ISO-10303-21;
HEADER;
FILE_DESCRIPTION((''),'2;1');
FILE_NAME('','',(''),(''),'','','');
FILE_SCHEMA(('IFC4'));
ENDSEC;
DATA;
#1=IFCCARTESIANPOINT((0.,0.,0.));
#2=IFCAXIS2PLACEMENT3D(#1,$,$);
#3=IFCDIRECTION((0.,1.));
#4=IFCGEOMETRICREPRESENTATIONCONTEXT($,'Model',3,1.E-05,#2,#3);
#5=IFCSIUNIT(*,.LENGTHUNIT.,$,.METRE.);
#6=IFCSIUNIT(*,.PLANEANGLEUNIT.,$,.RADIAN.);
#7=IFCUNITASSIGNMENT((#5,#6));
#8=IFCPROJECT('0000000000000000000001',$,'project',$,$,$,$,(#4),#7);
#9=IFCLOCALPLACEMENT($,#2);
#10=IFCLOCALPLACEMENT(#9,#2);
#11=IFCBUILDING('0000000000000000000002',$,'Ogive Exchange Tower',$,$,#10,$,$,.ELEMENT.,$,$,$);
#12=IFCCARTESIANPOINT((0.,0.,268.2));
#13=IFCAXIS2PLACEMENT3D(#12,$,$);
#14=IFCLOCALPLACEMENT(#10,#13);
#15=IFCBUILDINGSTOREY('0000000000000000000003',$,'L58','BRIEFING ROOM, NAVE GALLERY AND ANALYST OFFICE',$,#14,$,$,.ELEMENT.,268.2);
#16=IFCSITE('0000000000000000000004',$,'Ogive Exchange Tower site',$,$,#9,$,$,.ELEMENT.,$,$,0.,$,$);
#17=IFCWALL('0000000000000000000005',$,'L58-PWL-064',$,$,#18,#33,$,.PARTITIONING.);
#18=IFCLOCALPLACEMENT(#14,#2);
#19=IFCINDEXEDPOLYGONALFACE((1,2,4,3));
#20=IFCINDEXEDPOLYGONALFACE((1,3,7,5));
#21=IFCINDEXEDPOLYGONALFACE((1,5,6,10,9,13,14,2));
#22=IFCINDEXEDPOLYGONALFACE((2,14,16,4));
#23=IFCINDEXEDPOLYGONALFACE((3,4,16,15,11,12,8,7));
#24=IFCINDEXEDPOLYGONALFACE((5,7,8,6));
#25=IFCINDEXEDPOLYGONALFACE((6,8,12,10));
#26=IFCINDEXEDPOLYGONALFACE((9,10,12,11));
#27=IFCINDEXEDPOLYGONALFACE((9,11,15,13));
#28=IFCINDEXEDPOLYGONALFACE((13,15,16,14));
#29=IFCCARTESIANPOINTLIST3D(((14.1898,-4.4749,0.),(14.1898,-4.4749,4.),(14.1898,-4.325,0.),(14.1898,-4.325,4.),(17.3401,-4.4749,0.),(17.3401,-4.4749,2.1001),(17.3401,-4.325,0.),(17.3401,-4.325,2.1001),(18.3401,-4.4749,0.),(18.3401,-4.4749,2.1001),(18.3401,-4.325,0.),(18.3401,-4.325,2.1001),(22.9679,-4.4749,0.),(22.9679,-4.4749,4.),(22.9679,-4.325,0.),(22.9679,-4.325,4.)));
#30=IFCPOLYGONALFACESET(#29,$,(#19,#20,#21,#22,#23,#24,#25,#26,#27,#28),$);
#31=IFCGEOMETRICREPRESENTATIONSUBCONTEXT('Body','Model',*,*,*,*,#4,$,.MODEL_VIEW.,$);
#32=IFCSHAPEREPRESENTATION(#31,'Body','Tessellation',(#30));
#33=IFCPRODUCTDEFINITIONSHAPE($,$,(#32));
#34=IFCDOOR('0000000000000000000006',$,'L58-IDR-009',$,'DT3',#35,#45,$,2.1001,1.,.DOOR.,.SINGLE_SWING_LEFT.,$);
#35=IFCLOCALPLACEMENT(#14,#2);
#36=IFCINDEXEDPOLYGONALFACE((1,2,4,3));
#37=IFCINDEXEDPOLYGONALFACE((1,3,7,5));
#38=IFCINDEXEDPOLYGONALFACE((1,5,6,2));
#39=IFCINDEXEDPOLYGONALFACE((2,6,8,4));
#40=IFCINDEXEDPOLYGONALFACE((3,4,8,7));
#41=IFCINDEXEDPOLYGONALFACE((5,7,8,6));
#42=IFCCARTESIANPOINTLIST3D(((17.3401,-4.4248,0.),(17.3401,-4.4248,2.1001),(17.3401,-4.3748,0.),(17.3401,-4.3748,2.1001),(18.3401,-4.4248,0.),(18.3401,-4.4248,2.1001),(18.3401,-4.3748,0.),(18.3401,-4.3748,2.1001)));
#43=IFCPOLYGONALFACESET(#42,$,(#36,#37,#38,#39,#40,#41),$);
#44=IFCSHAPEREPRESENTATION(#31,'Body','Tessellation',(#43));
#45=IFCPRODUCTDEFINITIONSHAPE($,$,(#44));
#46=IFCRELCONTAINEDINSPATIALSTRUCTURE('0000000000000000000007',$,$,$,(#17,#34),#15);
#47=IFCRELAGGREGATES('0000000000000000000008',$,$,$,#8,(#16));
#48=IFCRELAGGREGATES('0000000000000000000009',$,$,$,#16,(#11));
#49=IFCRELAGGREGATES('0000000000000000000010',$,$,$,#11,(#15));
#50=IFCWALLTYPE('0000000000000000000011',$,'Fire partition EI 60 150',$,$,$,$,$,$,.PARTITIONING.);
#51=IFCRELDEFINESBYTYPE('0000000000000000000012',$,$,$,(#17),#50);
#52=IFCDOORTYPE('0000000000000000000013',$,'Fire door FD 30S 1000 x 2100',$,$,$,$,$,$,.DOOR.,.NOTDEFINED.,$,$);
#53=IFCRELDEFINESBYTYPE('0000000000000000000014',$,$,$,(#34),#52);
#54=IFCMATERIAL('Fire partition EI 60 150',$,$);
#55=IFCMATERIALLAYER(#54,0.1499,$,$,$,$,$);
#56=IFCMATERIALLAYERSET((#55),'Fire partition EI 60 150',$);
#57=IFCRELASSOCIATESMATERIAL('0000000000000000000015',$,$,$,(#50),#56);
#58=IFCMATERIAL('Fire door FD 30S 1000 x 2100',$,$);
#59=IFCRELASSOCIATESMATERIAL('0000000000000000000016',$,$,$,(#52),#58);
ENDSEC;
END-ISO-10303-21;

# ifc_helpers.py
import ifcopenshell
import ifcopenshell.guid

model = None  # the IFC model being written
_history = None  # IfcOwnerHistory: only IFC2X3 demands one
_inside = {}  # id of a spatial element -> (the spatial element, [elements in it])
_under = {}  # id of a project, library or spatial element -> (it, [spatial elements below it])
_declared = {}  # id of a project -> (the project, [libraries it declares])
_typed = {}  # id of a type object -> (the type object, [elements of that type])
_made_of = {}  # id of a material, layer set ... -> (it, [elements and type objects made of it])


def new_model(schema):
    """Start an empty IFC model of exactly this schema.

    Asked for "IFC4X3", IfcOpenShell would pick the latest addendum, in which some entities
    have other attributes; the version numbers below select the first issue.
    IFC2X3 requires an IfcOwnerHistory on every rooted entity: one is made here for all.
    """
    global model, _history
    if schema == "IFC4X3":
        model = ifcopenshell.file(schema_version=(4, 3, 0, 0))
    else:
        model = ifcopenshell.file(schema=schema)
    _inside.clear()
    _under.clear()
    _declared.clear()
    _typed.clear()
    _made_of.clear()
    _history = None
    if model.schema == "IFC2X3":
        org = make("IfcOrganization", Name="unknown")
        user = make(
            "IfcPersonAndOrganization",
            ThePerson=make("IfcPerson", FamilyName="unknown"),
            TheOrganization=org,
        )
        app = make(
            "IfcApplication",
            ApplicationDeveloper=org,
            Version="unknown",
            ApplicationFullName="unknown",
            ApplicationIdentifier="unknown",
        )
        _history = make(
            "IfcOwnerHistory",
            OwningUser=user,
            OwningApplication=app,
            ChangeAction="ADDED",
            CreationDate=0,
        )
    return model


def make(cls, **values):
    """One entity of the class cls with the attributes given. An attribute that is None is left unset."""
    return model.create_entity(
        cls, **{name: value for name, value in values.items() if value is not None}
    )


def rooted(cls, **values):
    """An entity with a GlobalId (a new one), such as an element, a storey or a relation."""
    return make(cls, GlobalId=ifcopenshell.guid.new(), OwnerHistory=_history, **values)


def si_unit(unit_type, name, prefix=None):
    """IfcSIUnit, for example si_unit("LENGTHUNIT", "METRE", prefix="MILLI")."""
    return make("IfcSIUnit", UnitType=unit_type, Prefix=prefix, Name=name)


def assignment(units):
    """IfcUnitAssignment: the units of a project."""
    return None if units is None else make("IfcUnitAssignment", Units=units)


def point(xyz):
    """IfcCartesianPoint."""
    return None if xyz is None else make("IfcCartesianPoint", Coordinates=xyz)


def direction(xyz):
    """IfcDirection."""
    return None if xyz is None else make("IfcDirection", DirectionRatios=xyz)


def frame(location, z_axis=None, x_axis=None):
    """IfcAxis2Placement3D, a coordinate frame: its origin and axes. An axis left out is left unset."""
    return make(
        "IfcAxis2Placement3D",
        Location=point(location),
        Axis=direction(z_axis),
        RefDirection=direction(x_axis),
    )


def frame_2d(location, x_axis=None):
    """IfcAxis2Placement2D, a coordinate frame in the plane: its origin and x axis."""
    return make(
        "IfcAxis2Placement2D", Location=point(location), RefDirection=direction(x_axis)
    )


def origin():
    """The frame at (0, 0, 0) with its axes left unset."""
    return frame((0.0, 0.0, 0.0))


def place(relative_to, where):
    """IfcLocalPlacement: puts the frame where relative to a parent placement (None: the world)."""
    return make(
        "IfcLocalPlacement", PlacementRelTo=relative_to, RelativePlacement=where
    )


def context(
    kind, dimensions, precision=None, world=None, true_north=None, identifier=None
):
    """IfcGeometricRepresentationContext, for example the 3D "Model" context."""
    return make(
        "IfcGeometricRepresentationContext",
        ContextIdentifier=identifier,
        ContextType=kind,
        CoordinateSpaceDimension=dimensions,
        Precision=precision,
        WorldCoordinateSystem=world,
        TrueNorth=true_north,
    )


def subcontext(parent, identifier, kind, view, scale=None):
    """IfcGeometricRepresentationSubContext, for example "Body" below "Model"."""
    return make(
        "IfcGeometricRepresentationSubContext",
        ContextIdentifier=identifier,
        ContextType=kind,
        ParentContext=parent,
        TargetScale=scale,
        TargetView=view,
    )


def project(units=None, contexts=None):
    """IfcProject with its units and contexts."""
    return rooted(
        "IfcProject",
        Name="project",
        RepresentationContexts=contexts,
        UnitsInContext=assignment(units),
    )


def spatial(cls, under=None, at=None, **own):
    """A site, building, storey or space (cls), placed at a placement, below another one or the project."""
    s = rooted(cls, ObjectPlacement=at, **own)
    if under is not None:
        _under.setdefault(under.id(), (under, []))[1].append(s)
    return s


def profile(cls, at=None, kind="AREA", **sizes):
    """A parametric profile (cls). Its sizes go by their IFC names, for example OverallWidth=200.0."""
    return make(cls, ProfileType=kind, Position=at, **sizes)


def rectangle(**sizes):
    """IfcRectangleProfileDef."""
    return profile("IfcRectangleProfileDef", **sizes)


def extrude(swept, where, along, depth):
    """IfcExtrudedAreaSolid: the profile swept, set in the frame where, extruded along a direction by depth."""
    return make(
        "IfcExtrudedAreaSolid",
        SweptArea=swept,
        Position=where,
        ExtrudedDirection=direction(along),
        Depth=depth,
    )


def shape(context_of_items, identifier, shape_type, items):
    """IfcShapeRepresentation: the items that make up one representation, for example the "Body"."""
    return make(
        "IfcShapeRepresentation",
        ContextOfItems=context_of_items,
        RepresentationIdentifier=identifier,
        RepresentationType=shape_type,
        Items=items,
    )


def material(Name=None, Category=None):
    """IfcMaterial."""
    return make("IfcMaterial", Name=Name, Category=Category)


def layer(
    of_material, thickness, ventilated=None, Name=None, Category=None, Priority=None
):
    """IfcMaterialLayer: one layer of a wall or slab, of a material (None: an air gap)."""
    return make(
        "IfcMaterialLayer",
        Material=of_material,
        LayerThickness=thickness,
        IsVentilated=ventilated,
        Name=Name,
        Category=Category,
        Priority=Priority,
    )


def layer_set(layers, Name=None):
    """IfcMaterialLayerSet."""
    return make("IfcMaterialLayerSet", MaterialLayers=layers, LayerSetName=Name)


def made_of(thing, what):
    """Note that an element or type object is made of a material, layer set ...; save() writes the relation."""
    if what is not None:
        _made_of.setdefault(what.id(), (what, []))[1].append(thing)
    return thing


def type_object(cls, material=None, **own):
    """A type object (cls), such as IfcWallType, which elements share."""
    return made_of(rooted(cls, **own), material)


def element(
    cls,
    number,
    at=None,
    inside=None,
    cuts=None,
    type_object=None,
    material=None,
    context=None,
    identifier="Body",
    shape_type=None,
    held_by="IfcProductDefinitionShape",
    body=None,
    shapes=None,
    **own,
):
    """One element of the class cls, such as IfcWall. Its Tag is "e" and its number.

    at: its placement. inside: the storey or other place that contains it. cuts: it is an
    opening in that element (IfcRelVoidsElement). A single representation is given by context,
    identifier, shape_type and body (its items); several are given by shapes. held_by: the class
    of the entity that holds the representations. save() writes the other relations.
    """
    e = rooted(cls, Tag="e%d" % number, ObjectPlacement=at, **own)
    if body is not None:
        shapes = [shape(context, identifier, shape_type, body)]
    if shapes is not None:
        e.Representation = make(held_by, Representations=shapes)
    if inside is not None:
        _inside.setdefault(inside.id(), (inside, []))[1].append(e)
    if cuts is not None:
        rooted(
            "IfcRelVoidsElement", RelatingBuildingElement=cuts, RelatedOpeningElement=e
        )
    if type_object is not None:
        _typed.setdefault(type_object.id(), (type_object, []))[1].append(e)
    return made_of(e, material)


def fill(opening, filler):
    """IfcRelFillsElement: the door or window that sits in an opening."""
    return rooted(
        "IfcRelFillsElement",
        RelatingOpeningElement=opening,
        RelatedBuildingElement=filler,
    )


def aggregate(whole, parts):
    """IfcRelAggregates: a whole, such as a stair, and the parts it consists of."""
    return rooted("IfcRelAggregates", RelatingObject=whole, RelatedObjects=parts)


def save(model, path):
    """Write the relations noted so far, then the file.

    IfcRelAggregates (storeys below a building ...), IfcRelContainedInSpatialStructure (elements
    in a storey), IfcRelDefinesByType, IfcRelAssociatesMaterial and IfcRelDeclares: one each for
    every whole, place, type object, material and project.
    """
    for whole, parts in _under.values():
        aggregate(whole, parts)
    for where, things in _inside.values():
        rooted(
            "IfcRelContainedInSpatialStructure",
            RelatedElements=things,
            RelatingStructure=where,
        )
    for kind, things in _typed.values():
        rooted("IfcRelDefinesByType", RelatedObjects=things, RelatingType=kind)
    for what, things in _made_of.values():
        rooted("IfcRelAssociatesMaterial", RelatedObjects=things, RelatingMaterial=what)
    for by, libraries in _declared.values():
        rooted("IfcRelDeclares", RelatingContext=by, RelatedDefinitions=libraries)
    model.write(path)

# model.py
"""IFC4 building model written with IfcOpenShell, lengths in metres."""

from ifc_helpers import new_model, si_unit, direction, frame, frame_2d, origin, place, context, subcontext, project, spatial, rectangle, extrude, material, layer, layer_set, type_object, element, fill, save


model = new_model("IFC4")

# Units and contexts
model_context = context("Model", 3, precision=1e-05, world=origin(), true_north=direction((0.0, 1.0)))
body_context = subcontext(model_context, "Body", "Model", "MODEL_VIEW")
ifc_project = project(units=[si_unit("LENGTHUNIT", "METRE"), si_unit("PLANEANGLEUNIT", "RADIAN")], contexts=[model_context])

# Site, building, storey
site_placement = place(None, origin())
site = spatial("IfcSite", under=ifc_project, at=site_placement, Name="Ogive Exchange Tower site", CompositionType="ELEMENT", RefElevation=0.0)
building_placement = place(site_placement, origin())
building = spatial("IfcBuilding", under=site, at=building_placement, Name="Ogive Exchange Tower", CompositionType="ELEMENT")
storey_placement = place(building_placement, frame((0.0, 0.0, 268.2)))
storey = spatial("IfcBuildingStorey", under=building, at=storey_placement, Name="L58", Description="BRIEFING ROOM, NAVE GALLERY AND ANALYST OFFICE", CompositionType="ELEMENT", Elevation=268.2)

# Wall, opening, door
ifc_material_1 = material(Name="Fire partition EI 60 150")
ifc_layer_1 = layer(ifc_material_1, 0.1499)
ifc_layer_set_1 = layer_set([ifc_layer_1], Name="Fire partition EI 60 150")
wall_type_1 = type_object("IfcWallType", Name="Fire partition EI 60 150", PredefinedType="PARTITIONING", material=ifc_layer_set_1)
wall_1_placement = place(storey_placement, frame((22.968, -4.3999, 0.0), z_axis=(0.0, 0.0, 1.0), x_axis=(-1.0, 0.0, 0.0)))
wall_1 = element("IfcWall", 1, at=wall_1_placement, inside=storey, type_object=wall_type_1, Name="L58-PWL-064", PredefinedType="PARTITIONING", context=body_context, shape_type="SweptSolid", body=[
    extrude(rectangle(XDim=8.7781, YDim=0.1499, at=frame_2d((4.3892, 0.0))), origin(), (0.0, 0.0, 1.0), 4.0),
])
opening_1_placement = place(wall_1_placement, frame((4.6279, 0.0, 0.0)))
opening_1 = element("IfcOpeningElement", 2, at=opening_1_placement, cuts=wall_1, PredefinedType="OPENING", context=body_context, shape_type="SweptSolid", body=[
    extrude(rectangle(XDim=1.0, YDim=2.1001, at=frame_2d((0.5, 1.05))), frame((0.0, 0.085, 0.0), z_axis=(0.0, -1.0, 0.0), x_axis=(1.0, 0.0, 0.0)), (0.0, 0.0, 1.0), 0.1699),
])
ifc_material_2 = material(Name="Fire door FD 30S 1000 x 2100")
door_type_1 = type_object("IfcDoorType", Name="Fire door FD 30S 1000 x 2100", OperationType="NOTDEFINED", PredefinedType="DOOR", material=ifc_material_2)
door_1_placement = place(opening_1_placement, origin())
door_1 = element("IfcDoor", 3, at=door_1_placement, inside=storey, type_object=door_type_1, Name="L58-IDR-009", ObjectType="DT3", OperationType="SINGLE_SWING_LEFT", OverallHeight=2.1001, OverallWidth=1.0, PredefinedType="DOOR", context=body_context, shape_type="SweptSolid", body=[
    extrude(rectangle(XDim=1.0, YDim=2.1001, at=frame_2d((0.5, 1.05))), frame((0.0, 0.0249, 0.0), z_axis=(0.0, -1.0, 0.0), x_axis=(1.0, 0.0, 0.0)), (0.0, 0.0, 1.0), 0.05),
])
fill(opening_1, door_1)

save(model, "model.ifc")
